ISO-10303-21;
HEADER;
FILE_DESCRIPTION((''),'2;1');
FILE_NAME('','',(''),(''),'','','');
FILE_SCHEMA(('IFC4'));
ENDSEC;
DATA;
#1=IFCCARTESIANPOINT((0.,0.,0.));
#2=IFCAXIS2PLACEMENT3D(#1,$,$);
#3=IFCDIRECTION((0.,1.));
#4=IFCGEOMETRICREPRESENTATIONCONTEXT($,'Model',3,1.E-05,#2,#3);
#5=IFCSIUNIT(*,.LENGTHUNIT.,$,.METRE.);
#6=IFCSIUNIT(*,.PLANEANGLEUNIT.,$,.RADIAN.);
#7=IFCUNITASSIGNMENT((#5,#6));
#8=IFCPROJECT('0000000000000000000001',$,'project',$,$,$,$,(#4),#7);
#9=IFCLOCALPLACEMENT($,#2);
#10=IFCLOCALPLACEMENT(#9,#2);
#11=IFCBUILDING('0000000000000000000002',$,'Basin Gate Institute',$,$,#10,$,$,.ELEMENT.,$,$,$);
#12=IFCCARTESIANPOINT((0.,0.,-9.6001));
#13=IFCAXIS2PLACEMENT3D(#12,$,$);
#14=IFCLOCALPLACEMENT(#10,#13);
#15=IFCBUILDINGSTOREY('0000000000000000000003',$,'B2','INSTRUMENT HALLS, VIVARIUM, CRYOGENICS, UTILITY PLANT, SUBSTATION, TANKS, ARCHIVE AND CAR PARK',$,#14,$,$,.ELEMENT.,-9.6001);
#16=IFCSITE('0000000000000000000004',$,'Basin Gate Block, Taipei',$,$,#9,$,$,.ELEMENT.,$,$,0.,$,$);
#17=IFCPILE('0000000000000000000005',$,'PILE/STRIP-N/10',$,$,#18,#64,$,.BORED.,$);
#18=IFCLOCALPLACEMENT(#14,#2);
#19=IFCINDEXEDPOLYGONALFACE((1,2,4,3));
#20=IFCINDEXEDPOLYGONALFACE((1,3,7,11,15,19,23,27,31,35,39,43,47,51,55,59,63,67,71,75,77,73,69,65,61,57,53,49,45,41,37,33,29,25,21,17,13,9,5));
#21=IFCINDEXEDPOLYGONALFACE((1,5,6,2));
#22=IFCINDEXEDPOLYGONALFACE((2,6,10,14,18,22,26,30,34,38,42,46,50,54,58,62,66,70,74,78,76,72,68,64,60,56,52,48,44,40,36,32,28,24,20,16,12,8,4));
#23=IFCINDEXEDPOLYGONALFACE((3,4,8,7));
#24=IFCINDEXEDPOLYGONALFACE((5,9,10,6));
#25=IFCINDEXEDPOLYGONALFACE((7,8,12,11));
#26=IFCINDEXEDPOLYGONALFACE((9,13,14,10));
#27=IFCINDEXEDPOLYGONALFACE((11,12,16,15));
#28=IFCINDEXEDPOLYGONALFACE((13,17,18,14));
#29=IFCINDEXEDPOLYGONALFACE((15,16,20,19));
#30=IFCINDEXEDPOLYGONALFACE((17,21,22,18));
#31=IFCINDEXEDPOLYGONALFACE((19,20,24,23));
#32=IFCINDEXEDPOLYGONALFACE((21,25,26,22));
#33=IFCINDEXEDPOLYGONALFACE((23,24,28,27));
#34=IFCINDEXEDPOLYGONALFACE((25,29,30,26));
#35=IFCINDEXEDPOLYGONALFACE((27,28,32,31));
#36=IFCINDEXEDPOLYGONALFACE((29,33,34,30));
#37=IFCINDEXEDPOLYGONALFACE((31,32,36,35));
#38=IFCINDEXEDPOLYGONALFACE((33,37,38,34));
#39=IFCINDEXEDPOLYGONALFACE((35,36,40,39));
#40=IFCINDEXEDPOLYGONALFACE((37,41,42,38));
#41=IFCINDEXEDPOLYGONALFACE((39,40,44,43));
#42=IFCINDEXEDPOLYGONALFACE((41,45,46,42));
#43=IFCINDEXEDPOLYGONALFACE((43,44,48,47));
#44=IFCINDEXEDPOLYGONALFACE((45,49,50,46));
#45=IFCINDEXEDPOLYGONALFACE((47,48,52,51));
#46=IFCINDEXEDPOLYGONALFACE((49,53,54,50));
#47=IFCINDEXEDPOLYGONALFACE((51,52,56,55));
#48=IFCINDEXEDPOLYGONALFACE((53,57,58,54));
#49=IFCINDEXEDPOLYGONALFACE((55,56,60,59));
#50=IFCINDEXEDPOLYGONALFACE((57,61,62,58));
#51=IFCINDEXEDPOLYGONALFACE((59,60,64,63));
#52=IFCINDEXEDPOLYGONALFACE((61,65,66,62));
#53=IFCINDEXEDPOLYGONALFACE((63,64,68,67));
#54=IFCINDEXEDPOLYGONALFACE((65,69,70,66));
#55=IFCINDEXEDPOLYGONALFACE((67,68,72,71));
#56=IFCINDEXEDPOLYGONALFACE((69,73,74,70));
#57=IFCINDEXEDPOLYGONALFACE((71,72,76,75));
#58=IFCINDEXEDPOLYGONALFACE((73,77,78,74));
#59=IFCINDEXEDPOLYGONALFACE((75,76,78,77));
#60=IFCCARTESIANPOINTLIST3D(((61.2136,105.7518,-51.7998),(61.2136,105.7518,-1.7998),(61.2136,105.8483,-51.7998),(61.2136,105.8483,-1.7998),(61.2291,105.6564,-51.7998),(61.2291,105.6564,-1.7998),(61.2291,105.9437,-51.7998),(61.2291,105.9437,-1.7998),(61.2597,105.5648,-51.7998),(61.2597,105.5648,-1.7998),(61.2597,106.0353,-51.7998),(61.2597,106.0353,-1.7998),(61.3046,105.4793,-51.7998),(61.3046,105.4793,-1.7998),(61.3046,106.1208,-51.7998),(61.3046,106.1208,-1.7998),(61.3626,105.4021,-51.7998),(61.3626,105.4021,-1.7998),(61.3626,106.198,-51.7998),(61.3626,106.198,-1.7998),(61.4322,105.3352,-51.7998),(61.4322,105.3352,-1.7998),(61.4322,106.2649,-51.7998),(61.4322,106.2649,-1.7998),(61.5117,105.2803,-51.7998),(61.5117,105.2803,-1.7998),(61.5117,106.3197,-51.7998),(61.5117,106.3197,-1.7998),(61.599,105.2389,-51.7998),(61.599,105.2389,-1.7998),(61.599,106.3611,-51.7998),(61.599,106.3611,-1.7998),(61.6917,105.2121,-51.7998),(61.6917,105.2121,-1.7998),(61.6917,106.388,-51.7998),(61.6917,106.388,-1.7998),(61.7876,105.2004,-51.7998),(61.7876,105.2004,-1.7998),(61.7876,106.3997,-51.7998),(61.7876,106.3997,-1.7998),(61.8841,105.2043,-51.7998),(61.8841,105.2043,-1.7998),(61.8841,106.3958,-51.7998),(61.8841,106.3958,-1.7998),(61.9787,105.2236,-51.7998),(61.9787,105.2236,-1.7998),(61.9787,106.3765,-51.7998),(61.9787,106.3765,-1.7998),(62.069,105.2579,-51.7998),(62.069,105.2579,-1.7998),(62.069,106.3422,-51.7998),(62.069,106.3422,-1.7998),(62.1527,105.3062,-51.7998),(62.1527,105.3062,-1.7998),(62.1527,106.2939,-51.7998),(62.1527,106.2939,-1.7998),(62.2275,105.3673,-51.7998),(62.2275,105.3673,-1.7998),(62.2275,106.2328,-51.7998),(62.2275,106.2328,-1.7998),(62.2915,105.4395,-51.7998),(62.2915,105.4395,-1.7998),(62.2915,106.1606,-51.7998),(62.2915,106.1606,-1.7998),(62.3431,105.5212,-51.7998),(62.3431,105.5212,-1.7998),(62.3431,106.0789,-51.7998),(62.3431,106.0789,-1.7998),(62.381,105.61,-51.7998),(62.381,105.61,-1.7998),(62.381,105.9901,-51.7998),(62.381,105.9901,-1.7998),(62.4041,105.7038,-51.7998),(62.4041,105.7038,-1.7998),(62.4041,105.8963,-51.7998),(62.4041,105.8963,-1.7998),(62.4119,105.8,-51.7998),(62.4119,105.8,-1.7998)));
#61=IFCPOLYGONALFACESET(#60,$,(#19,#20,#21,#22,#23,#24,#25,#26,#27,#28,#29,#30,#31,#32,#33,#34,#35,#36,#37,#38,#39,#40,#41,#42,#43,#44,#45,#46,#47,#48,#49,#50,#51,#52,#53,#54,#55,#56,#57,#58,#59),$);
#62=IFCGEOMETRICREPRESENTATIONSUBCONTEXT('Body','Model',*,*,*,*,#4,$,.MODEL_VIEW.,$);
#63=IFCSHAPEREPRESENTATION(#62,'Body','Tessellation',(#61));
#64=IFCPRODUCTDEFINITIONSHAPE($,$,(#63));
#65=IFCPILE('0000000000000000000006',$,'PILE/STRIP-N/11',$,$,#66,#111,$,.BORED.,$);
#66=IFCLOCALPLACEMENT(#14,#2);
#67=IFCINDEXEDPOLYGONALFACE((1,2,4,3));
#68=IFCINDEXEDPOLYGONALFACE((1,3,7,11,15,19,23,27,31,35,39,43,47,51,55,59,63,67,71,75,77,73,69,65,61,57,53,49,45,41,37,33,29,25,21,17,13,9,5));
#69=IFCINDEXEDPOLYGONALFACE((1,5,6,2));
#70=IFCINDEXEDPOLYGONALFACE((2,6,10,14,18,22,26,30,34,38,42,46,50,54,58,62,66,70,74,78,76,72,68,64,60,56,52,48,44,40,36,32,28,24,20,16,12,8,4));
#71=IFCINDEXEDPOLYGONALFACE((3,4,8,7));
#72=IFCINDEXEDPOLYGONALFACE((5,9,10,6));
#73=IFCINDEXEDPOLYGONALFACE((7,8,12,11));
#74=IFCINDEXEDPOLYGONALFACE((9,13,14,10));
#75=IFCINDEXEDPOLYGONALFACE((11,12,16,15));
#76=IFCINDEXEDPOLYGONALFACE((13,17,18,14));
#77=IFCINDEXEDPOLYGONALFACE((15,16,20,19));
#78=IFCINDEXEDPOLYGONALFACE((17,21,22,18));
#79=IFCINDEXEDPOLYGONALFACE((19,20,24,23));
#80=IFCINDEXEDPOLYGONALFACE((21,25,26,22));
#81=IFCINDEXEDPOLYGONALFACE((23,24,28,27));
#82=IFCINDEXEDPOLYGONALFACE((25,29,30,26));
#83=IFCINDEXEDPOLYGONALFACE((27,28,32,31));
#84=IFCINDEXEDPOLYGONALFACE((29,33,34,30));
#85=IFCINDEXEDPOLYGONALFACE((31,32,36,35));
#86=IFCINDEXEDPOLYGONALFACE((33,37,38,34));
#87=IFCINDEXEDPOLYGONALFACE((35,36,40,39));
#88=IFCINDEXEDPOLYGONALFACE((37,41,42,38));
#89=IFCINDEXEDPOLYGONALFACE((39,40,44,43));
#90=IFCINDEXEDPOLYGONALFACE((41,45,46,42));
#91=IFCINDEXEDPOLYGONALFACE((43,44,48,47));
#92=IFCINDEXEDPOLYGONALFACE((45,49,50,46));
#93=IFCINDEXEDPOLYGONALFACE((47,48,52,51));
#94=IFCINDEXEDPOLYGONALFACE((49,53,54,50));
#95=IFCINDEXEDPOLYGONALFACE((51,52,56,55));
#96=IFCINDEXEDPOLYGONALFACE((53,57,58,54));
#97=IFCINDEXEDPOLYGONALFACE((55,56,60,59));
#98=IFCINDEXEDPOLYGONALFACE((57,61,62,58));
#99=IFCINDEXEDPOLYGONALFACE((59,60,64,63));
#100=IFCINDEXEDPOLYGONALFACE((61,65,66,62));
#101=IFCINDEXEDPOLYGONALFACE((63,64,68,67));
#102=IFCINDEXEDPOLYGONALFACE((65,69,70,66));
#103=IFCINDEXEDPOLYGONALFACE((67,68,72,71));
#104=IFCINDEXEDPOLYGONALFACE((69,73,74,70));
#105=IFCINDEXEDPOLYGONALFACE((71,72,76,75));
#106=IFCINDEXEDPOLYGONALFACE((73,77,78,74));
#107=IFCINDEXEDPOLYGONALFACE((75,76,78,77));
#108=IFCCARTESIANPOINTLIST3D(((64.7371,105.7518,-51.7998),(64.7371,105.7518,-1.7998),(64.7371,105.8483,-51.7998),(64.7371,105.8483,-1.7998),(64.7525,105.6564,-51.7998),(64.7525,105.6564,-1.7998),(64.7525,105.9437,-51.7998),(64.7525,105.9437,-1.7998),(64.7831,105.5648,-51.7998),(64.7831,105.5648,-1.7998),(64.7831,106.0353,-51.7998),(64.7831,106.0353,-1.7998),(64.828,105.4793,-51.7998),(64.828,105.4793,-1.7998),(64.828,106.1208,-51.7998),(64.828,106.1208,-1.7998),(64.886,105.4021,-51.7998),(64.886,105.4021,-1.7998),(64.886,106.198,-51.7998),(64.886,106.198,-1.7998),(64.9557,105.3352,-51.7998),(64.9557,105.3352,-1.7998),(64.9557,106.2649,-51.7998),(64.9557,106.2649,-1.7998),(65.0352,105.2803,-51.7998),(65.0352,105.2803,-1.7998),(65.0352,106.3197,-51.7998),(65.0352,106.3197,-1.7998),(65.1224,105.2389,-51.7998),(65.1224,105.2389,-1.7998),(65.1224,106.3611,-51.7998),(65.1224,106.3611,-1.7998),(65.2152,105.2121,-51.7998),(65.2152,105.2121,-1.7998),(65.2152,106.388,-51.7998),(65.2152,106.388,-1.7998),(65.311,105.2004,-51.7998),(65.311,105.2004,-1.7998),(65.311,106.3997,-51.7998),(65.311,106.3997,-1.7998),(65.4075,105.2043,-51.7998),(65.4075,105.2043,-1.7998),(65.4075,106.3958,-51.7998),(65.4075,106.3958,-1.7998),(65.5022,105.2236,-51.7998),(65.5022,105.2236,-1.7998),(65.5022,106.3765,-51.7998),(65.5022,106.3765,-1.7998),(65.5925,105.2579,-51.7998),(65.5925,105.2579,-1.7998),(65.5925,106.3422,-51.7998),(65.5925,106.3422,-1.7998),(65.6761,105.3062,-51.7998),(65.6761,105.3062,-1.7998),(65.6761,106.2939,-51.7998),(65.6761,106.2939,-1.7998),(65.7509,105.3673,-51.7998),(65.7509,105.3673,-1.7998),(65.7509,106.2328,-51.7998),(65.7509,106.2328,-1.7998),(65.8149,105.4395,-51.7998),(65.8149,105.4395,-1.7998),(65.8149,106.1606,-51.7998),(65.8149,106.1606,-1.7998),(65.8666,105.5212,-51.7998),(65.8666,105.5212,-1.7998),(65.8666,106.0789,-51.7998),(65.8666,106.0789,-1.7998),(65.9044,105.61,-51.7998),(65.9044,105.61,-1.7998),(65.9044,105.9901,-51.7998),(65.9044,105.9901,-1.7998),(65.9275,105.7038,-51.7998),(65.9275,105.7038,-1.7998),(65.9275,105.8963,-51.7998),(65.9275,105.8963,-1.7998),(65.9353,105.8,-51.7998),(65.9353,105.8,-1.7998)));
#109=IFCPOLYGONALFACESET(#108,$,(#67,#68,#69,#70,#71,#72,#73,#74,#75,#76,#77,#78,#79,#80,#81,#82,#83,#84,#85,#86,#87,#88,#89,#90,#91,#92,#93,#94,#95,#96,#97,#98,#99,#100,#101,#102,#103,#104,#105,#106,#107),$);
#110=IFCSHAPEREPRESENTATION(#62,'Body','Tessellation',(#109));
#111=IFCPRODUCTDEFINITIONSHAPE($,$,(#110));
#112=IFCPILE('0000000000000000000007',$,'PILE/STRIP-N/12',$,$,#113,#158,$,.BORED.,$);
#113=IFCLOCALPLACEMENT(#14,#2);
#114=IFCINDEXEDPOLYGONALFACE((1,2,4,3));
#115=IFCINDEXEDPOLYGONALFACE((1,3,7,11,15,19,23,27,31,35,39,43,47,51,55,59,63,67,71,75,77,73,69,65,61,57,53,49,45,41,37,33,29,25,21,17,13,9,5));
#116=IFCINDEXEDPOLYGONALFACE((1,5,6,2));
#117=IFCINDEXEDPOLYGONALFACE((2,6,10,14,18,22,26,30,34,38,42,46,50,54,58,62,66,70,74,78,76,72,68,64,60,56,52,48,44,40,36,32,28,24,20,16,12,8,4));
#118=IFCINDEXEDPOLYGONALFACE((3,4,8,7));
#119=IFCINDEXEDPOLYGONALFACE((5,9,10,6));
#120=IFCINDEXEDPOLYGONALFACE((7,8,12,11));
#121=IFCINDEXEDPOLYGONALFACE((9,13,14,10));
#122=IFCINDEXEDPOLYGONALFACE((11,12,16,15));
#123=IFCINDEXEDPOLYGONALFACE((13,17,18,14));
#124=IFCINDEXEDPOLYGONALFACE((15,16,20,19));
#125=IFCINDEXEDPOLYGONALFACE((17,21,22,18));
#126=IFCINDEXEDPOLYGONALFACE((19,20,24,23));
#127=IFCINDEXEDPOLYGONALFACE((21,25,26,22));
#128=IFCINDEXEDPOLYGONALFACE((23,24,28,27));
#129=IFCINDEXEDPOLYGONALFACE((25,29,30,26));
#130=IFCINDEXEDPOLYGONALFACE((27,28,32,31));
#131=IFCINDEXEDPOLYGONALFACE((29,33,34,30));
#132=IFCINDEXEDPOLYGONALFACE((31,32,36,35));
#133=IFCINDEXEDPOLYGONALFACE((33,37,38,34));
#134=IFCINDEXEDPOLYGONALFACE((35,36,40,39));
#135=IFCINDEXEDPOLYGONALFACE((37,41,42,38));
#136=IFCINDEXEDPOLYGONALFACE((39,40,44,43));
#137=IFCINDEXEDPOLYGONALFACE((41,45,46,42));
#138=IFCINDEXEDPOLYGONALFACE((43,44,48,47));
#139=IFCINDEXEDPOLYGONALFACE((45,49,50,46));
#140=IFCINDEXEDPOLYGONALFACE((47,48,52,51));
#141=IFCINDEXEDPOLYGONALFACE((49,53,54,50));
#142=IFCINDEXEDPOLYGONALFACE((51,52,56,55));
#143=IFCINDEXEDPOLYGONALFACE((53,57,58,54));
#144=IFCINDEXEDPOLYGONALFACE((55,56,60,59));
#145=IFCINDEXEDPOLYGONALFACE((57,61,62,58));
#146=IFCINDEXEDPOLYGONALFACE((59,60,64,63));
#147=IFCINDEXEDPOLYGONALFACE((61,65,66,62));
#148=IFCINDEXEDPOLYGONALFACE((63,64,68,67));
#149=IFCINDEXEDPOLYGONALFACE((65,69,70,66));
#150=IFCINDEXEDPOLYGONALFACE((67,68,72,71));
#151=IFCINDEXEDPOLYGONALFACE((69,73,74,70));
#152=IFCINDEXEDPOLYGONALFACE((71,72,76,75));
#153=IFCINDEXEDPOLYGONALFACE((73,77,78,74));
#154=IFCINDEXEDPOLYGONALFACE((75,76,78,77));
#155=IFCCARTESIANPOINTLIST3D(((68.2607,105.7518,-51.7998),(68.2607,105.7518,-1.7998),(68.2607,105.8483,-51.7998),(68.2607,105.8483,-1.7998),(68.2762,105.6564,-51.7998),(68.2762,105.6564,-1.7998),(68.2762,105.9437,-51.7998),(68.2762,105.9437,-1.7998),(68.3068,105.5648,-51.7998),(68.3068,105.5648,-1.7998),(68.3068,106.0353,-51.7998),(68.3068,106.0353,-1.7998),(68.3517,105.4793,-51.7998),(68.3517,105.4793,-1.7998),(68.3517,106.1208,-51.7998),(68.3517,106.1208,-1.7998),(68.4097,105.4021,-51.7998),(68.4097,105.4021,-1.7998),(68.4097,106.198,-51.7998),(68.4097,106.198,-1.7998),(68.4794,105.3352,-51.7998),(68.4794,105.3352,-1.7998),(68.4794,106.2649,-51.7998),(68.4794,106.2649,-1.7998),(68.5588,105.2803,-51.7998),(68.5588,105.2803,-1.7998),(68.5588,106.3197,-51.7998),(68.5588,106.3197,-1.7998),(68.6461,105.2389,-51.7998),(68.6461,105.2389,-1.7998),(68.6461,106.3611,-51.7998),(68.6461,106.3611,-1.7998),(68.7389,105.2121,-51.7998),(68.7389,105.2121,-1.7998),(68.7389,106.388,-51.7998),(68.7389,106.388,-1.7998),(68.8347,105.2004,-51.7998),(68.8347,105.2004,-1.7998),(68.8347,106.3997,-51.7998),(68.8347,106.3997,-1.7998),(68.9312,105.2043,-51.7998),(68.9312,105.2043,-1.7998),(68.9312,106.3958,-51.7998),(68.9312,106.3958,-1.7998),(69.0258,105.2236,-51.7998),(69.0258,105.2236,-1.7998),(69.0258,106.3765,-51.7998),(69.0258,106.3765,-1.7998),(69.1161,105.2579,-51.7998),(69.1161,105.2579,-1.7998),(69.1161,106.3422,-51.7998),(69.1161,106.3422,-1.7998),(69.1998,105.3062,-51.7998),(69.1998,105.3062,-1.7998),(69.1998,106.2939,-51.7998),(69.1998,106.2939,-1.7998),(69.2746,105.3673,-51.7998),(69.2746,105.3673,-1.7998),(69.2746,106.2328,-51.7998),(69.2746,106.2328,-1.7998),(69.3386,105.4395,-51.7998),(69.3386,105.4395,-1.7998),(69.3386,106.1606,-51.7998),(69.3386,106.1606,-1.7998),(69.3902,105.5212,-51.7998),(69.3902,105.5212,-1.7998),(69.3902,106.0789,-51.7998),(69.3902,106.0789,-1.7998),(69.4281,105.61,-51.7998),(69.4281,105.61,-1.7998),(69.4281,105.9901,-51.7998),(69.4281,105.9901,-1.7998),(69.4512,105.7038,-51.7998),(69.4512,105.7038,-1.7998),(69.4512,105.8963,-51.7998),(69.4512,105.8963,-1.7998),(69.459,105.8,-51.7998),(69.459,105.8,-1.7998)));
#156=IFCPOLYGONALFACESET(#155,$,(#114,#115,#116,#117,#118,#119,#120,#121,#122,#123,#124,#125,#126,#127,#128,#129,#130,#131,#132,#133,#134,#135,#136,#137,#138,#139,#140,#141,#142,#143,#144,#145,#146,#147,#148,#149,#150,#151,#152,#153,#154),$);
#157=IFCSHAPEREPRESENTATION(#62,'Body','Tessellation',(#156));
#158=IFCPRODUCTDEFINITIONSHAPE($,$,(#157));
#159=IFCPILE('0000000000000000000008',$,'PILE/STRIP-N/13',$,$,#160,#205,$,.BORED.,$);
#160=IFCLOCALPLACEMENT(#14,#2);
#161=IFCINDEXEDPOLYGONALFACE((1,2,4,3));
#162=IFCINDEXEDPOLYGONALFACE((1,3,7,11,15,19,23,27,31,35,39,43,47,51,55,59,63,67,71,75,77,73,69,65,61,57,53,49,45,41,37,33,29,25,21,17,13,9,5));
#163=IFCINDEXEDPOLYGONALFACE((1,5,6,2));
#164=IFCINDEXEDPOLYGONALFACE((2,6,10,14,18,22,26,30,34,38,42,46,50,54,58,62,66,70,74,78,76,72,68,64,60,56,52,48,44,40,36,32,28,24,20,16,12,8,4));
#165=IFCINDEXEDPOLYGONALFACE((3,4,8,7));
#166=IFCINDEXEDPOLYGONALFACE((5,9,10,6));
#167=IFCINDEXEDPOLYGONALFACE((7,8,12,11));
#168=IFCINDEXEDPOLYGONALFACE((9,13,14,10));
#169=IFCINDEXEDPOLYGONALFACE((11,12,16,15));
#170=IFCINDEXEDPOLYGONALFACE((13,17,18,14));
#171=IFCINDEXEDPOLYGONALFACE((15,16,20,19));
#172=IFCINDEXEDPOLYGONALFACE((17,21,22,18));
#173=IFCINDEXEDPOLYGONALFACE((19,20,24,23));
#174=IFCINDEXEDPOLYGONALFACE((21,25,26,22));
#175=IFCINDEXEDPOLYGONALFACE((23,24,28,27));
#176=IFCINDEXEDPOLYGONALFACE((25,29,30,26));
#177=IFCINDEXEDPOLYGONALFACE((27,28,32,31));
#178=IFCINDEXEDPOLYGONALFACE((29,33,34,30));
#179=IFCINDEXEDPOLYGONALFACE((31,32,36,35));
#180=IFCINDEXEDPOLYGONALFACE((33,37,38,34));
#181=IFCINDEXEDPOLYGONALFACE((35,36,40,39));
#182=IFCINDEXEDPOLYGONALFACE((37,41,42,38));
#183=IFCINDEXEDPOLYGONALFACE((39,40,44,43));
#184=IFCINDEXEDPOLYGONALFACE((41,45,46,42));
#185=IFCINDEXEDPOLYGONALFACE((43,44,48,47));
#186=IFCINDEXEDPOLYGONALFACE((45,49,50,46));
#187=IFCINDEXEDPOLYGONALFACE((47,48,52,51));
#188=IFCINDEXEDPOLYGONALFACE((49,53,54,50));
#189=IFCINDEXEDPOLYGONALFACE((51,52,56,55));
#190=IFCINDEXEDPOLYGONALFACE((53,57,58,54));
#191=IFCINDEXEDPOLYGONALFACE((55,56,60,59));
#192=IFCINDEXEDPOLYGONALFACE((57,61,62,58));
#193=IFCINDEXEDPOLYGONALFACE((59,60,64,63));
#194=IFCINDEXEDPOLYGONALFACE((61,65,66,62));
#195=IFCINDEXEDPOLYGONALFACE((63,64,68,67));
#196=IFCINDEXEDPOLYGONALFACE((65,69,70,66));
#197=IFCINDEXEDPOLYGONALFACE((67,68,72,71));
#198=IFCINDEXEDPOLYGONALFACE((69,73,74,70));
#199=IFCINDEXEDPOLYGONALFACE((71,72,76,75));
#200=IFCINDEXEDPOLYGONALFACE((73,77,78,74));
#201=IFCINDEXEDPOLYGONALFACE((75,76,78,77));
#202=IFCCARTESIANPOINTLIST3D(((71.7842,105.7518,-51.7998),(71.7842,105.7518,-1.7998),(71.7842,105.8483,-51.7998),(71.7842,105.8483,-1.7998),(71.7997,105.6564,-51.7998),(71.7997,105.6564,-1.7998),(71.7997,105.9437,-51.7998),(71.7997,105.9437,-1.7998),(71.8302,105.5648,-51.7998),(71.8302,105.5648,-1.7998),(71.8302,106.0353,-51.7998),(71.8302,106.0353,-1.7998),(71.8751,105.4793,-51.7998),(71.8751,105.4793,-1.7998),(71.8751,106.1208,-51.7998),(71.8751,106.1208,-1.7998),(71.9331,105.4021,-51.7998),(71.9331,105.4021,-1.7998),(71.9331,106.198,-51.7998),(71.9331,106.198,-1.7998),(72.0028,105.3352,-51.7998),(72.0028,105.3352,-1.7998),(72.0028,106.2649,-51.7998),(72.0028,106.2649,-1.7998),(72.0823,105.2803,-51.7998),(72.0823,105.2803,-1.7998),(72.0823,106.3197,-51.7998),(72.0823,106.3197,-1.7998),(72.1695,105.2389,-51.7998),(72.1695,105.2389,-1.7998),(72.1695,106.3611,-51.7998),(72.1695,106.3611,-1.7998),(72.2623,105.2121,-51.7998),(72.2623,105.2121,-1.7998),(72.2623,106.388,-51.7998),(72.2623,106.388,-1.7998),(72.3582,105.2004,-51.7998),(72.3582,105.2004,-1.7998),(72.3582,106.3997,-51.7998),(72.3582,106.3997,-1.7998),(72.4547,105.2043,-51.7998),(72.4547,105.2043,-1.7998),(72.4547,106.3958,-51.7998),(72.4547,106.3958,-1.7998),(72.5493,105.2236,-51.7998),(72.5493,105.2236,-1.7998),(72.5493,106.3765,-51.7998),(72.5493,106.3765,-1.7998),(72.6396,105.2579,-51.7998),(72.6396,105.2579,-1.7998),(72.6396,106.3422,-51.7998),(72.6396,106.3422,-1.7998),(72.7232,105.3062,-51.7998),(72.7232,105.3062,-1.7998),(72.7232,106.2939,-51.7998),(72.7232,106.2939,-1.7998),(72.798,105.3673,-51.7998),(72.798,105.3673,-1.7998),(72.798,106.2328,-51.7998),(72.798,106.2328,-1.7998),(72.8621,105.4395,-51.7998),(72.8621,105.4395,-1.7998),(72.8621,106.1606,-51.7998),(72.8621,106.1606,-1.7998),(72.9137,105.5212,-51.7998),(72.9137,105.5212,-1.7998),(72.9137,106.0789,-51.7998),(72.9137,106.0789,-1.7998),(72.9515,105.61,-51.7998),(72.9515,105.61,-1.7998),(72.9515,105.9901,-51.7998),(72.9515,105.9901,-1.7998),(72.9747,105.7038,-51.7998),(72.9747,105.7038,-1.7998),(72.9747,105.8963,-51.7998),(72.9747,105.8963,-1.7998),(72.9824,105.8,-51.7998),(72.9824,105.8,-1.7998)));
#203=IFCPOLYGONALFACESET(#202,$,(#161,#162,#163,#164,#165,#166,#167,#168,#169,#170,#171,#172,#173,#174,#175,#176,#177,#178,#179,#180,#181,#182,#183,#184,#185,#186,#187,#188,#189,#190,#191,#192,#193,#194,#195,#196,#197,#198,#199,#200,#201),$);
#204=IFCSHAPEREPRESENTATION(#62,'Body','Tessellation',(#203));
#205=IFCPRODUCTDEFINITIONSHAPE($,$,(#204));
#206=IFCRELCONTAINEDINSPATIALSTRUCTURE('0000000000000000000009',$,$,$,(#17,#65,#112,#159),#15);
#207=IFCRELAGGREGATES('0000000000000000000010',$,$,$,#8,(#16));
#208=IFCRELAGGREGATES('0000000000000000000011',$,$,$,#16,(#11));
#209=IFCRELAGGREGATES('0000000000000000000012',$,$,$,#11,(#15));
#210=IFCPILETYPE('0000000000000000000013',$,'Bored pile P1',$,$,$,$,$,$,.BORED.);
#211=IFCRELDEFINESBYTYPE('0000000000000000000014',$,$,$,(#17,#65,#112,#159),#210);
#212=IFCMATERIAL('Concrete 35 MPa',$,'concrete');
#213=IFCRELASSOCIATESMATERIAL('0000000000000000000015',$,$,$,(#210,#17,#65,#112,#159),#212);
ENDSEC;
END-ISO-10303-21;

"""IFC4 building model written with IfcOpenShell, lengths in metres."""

from ifc_helpers import new_model, si_unit, direction, frame, origin, origin_2d, place, context, subcontext, project, spatial, circle, extrude, material, material_profile, profile_set, type_object, element, save


model = new_model("IFC4")

# Units and contexts
model_context = context("Model", 3, precision=1e-05, world=origin(), true_north=direction((0.0, 1.0)))
body_context = subcontext(model_context, "Body", "Model", "MODEL_VIEW")
ifc_project = project(units=[si_unit("LENGTHUNIT", "METRE"), si_unit("PLANEANGLEUNIT", "RADIAN")], contexts=[model_context])

# Site, building, storey
site_placement = place(None, origin())
site = spatial("IfcSite", under=ifc_project, at=site_placement, Name="Basin Gate Block, Taipei", CompositionType="ELEMENT", RefElevation=0.0)
building_placement = place(site_placement, origin())
building = spatial("IfcBuilding", under=site, at=building_placement, Name="Basin Gate Institute", CompositionType="ELEMENT")
storey_placement = place(building_placement, frame((0.0, 0.0, -9.6001)))
storey = spatial("IfcBuildingStorey", under=building, at=storey_placement, Name="B2", Description="INSTRUMENT HALLS, VIVARIUM, CRYOGENICS, UTILITY PLANT, SUBSTATION, TANKS, ARCHIVE AND CAR PARK", CompositionType="ELEMENT", Elevation=-9.6001)

# Piles
ifc_material_1 = material(Name="Concrete 35 MPa", Category="concrete")
ifc_material_profile_1 = material_profile(ifc_material_1, circle(Radius=0.6001, at=origin_2d()), Name="Bored pile P1 1200 dia")
ifc_profile_set_1 = profile_set([ifc_material_profile_1], Name="Concrete 35 MPa")
pile_type = type_object("IfcPileType", Name="Bored pile P1", PredefinedType="BORED", material=ifc_profile_set_1)
for number, where, z_axis, x_axis, name in (
    (1, (61.8118, 105.8, -1.7998), (0.0, 0.0, -1.0), (1.0, 0.0, 0.0), "PILE/STRIP-N/10"),
    (2, (65.3352, 105.8, -1.7998), (0.0, 0.0, -1.0), (1.0, 0.0, 0.0), "PILE/STRIP-N/11"),
    (3, (68.8589, 105.8, -1.7998), (0.0, 0.0, -1.0), (1.0, 0.0, 0.0), "PILE/STRIP-N/12"),
    (4, (72.3823, 105.8, -1.7998), (0.0, 0.0, -1.0), (1.0, 0.0, 0.0), "PILE/STRIP-N/13"),
):
    element("IfcPile", number, at=place(storey_placement, frame(where, z_axis=z_axis, x_axis=x_axis)), inside=storey, type_object=pile_type, material=ifc_profile_set_1, Name=name, PredefinedType="BORED", context=body_context, shape_type="SweptSolid", body=[
        extrude(circle(Radius=0.6001, at=origin_2d()), origin(), (0.0, 0.0, 1.0), 50.0),
    ])

save(model, "model.ifc")
